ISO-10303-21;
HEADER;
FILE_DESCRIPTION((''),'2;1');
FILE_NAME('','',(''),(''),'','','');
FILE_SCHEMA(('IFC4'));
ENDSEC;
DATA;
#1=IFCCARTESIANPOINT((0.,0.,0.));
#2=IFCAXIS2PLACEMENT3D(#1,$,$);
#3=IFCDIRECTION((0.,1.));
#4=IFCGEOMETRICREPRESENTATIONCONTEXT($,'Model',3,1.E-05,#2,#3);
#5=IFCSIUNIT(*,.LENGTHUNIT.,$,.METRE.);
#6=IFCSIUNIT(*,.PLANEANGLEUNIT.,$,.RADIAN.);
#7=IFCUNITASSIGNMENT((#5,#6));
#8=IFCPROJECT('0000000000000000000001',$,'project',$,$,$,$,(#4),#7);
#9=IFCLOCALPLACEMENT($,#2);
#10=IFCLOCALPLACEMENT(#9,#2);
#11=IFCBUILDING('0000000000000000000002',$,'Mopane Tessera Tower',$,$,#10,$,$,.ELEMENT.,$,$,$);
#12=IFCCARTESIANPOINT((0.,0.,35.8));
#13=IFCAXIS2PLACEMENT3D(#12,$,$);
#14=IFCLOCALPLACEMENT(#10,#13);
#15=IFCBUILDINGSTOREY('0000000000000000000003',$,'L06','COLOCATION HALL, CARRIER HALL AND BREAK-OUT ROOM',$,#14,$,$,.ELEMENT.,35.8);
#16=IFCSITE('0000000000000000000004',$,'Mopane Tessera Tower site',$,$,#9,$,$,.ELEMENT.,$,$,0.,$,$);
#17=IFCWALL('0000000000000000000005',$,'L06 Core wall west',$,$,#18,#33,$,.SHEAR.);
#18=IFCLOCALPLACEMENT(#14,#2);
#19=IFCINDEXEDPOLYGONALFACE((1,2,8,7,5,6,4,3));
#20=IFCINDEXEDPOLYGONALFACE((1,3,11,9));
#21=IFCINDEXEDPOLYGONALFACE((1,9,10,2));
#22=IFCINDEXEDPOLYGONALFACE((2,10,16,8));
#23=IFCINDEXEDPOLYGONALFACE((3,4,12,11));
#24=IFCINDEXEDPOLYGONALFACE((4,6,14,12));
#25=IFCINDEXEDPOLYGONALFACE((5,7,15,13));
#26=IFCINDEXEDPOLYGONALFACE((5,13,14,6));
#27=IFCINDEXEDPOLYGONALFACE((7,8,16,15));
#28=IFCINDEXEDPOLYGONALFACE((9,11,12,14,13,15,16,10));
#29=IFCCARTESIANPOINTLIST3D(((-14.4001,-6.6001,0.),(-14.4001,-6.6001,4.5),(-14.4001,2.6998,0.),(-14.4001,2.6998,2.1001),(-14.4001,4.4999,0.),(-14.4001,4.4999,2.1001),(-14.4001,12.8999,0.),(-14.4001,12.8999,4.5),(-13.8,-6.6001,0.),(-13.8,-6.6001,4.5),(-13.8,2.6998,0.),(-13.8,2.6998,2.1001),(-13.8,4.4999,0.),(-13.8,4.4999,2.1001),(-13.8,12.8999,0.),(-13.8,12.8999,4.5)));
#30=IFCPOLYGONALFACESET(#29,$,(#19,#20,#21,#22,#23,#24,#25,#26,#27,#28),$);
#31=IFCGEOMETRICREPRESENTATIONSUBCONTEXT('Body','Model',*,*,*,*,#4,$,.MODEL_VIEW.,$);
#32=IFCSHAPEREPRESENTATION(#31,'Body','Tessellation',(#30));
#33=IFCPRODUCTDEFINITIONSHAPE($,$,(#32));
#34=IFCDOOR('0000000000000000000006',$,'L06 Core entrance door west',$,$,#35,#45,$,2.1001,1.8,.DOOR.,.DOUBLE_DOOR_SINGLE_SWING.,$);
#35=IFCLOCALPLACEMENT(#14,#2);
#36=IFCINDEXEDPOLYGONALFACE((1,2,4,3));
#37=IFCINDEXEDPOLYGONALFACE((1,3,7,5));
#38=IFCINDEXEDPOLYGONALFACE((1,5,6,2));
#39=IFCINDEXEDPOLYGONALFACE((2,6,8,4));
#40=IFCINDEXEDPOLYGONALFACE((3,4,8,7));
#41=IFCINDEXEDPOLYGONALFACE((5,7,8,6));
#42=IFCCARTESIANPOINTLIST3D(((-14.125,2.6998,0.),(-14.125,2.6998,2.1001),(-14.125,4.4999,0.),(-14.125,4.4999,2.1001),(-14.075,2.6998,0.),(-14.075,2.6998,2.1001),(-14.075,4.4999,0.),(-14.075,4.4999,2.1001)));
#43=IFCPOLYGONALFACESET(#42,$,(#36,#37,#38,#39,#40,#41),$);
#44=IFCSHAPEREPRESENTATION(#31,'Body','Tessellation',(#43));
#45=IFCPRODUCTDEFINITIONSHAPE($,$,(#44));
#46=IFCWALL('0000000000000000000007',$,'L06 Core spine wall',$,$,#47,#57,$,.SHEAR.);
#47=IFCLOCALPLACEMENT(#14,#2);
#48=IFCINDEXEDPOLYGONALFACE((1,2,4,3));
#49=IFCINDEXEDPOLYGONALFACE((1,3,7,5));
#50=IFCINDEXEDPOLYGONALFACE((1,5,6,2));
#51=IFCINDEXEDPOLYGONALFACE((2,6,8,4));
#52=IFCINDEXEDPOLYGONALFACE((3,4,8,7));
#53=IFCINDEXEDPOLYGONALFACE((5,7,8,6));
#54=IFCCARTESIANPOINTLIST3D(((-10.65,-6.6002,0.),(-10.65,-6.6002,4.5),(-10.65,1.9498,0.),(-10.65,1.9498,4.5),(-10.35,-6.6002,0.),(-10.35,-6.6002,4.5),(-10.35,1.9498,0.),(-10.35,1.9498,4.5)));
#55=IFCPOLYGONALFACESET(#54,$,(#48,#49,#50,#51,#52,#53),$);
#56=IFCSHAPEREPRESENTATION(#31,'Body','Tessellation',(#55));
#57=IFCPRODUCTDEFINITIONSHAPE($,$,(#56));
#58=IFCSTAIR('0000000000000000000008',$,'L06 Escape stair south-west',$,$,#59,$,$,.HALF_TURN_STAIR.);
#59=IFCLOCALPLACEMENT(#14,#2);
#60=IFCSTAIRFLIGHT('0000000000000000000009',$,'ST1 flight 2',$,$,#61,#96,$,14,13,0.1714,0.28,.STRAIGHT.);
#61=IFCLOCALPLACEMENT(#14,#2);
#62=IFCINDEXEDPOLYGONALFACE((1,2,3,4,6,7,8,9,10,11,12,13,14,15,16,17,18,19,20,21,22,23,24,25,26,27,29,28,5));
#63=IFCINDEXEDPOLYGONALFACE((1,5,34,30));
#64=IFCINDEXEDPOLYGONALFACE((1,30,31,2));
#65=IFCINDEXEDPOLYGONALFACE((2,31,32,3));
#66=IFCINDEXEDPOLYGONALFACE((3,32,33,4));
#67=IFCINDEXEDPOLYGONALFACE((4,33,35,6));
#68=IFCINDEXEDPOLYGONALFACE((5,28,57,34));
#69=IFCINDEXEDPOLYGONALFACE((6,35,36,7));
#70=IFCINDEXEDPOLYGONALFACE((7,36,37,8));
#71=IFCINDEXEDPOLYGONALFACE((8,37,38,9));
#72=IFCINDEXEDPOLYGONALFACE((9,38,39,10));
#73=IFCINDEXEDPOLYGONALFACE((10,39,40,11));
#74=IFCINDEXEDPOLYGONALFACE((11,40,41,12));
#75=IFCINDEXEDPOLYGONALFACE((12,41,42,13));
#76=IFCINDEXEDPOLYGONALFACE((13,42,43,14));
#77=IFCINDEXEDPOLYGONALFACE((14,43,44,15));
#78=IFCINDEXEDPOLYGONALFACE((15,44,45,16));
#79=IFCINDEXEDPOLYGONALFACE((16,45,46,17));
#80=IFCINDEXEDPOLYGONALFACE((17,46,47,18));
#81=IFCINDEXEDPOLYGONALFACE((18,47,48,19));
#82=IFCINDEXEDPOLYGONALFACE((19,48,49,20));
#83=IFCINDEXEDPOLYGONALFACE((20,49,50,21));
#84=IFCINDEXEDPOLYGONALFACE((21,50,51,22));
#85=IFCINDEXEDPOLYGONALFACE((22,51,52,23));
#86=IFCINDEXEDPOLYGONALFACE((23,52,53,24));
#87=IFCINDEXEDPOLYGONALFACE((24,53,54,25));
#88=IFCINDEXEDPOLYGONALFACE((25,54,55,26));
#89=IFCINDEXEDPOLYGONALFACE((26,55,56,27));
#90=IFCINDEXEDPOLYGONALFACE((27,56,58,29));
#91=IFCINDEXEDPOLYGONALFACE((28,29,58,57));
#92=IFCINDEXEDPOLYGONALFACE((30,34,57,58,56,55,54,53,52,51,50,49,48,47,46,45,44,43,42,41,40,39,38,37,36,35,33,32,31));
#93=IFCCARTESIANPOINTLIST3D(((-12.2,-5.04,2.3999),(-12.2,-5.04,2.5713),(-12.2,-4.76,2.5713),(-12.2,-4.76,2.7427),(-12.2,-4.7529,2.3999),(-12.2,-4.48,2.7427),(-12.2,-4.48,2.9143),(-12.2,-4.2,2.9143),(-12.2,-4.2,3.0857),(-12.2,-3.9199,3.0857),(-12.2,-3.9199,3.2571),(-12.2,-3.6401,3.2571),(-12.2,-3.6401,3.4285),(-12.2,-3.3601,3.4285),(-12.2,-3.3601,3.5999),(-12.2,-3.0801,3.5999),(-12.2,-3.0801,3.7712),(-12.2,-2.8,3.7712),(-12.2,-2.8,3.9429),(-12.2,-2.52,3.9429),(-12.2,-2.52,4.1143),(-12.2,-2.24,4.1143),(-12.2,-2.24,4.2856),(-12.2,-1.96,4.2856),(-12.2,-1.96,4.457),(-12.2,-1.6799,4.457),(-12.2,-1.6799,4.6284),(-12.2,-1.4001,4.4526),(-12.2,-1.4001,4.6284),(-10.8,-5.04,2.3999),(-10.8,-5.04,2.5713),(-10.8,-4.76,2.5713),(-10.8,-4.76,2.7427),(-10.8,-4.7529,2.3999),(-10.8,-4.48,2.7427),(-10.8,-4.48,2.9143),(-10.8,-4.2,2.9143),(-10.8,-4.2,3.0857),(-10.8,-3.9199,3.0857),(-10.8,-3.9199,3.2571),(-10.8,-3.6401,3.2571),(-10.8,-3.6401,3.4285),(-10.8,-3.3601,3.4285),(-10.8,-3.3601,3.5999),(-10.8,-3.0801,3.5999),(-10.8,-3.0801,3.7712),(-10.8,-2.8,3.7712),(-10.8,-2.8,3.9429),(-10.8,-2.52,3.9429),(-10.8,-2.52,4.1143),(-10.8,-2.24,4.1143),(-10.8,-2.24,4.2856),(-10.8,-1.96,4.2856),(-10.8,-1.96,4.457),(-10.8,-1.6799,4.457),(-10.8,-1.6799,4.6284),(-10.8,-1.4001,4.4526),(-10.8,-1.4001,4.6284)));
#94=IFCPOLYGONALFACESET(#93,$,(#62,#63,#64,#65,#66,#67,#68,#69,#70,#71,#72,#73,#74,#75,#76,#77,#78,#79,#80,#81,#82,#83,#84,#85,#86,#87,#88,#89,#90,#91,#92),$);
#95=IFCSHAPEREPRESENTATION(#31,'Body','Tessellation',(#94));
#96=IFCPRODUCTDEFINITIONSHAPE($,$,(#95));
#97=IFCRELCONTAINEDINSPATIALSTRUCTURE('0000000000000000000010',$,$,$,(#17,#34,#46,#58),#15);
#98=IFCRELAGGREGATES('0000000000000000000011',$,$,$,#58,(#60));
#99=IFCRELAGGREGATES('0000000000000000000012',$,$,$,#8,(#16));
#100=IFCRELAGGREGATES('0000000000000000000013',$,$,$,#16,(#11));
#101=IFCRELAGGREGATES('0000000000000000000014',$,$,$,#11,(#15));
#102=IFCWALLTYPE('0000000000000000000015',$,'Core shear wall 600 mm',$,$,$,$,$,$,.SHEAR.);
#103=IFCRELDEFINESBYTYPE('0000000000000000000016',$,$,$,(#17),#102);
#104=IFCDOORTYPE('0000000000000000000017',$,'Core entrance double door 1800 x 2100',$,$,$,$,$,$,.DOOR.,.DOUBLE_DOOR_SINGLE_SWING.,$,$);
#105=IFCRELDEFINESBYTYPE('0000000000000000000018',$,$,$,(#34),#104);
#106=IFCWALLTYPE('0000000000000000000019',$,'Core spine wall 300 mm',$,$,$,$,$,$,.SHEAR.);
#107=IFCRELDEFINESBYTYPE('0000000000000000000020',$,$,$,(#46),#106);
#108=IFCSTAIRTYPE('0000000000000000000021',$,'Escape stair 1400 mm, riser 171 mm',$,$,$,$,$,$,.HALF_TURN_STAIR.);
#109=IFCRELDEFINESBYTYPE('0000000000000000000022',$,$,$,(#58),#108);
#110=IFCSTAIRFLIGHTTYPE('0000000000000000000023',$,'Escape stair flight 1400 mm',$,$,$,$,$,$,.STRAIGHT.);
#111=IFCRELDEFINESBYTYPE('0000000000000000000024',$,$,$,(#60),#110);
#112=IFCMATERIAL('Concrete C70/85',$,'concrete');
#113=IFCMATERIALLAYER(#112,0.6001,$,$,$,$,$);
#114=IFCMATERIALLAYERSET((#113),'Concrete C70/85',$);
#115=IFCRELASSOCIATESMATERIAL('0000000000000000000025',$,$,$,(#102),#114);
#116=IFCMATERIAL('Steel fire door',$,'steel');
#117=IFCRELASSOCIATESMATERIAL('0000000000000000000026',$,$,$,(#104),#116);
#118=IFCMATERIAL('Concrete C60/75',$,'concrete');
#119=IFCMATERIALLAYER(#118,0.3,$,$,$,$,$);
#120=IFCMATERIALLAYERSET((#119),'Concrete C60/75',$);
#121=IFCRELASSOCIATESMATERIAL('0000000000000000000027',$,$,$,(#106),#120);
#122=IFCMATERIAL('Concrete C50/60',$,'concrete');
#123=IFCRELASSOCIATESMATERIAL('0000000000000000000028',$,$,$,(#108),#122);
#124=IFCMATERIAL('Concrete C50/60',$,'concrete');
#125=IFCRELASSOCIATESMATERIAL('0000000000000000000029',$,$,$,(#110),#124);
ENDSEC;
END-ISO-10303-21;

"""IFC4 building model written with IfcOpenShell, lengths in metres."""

from ifc_helpers import new_model, si_unit, direction, frame, frame_2d, origin, place, context, subcontext, project, spatial, polyline, rectangle, outline, extrude, material, layer, layer_set, type_object, element, fill, aggregate, save


model = new_model("IFC4")

# Units and contexts
model_context = context("Model", 3, precision=1e-05, world=origin(), true_north=direction((0.0, 1.0)))
body_context = subcontext(model_context, "Body", "Model", "MODEL_VIEW")
ifc_project = project(units=[si_unit("LENGTHUNIT", "METRE"), si_unit("PLANEANGLEUNIT", "RADIAN")], contexts=[model_context])

# Site, building, storey
site_placement = place(None, origin())
site = spatial("IfcSite", under=ifc_project, at=site_placement, Name="Mopane Tessera Tower site", CompositionType="ELEMENT", RefElevation=0.0)
building_placement = place(site_placement, origin())
building = spatial("IfcBuilding", under=site, at=building_placement, Name="Mopane Tessera Tower", CompositionType="ELEMENT")
storey_placement = place(building_placement, frame((0.0, 0.0, 35.8)))
storey = spatial("IfcBuildingStorey", under=building, at=storey_placement, Name="L06", Description="COLOCATION HALL, CARRIER HALL AND BREAK-OUT ROOM", CompositionType="ELEMENT", Elevation=35.8)

# Wall, opening, door
ifc_material_1 = material(Name="Concrete C70/85", Category="concrete")
ifc_layer_1 = layer(ifc_material_1, 0.6001)
ifc_layer_set_1 = layer_set([ifc_layer_1], Name="Concrete C70/85")
wall_type_1 = type_object("IfcWallType", Name="Core shear wall 600 mm", PredefinedType="SHEAR", material=ifc_layer_set_1)
wall_1_placement = place(storey_placement, frame((-14.1001, -6.6001, 0.0), z_axis=(0.0, 0.0, 1.0), x_axis=(0.0, 1.0, 0.0)))
wall_1 = element("IfcWall", 1, at=wall_1_placement, inside=storey, type_object=wall_type_1, Name="L06 Core wall west", PredefinedType="SHEAR", context=body_context, shape_type="SweptSolid", body=[
    extrude(rectangle(XDim=19.5, YDim=0.6001, at=frame_2d((9.75, 0.0))), origin(), (0.0, 0.0, 1.0), 4.5),
])
opening_placement = place(wall_1_placement, frame((9.3, 0.0, 0.0)))
opening = element("IfcOpeningElement", 2, at=opening_placement, cuts=wall_1, PredefinedType="OPENING", context=body_context, shape_type="SweptSolid", body=[
    extrude(rectangle(XDim=1.8, YDim=2.1001, at=frame_2d((0.8999, 1.05))), frame((0.0, 0.312, 0.0), z_axis=(0.0, -1.0, 0.0), x_axis=(1.0, 0.0, 0.0)), (0.0, 0.0, 1.0), 0.624),
])
ifc_material_2 = material(Name="Steel fire door", Category="steel")
door_type = type_object("IfcDoorType", Name="Core entrance double door 1800 x 2100", OperationType="DOUBLE_DOOR_SINGLE_SWING", PredefinedType="DOOR", material=ifc_material_2)
door_placement = place(opening_placement, origin())
door = element("IfcDoor", 3, at=door_placement, inside=storey, type_object=door_type, Name="L06 Core entrance door west", OperationType="DOUBLE_DOOR_SINGLE_SWING", OverallHeight=2.1001, OverallWidth=1.8, PredefinedType="DOOR", context=body_context, shape_type="SweptSolid", body=[
    extrude(rectangle(XDim=1.8, YDim=2.1001, at=frame_2d((0.8999, 1.05))), frame((0.0, 0.0249, 0.0), z_axis=(0.0, -1.0, 0.0), x_axis=(1.0, 0.0, 0.0)), (0.0, 0.0, 1.0), 0.05),
])
fill(opening, door)

# Wall
ifc_material_3 = material(Name="Concrete C60/75", Category="concrete")
ifc_layer_2 = layer(ifc_material_3, 0.3)
ifc_layer_set_2 = layer_set([ifc_layer_2], Name="Concrete C60/75")
wall_type_2 = type_object("IfcWallType", Name="Core spine wall 300 mm", PredefinedType="SHEAR", material=ifc_layer_set_2)
wall_2_placement = place(storey_placement, frame((-10.5, -6.6001, 0.0), z_axis=(0.0, 0.0, 1.0), x_axis=(0.0, 1.0, 0.0)))
element("IfcWall", 4, at=wall_2_placement, inside=storey, type_object=wall_type_2, Name="L06 Core spine wall", PredefinedType="SHEAR", context=body_context, shape_type="SweptSolid", body=[
    extrude(rectangle(XDim=8.55, YDim=0.3, at=frame_2d((4.2749, 0.0))), origin(), (0.0, 0.0, 1.0), 4.5),
])

# Stair, stair flight
ifc_material_4 = material(Name="Concrete C50/60", Category="concrete")
stair_type = type_object("IfcStairType", Name="Escape stair 1400 mm, riser 171 mm", PredefinedType="HALF_TURN_STAIR", material=ifc_material_4)
stair_placement = place(storey_placement, origin())
stair = element("IfcStair", 5, at=stair_placement, inside=storey, type_object=stair_type, Name="L06 Escape stair south-west", PredefinedType="HALF_TURN_STAIR")
ifc_material_5 = material(Name="Concrete C50/60", Category="concrete")
stair_flight_type = type_object("IfcStairFlightType", Name="Escape stair flight 1400 mm", PredefinedType="STRAIGHT", material=ifc_material_5)
stair_flight_placement = place(storey_placement, frame((-11.5, -5.04, 2.3999), z_axis=(0.0, 0.0, 1.0), x_axis=(0.0, 1.0, 0.0)))
stair_flight = element("IfcStairFlight", 6, at=stair_flight_placement, type_object=stair_flight_type, Name="ST1 flight 2", NumberOfRisers=14, NumberOfTreads=13, PredefinedType="STRAIGHT", RiserHeight=0.1714, TreadLength=0.28, context=body_context, shape_type="SweptSolid", body=[
    extrude(outline(polyline([(0.0, 0.0), (0.0, 0.1714), (0.28, 0.1714), (0.28, 0.3428), (0.5601, 0.3428), (0.5601, 0.5144), (0.8401, 0.5144), (0.8401, 0.6858), (1.1201, 0.6858), (1.1201, 0.8572), (1.3999, 0.8572), (1.3999, 1.0286), (1.6799, 1.0286), (1.6799, 1.2), (1.96, 1.2), (1.96, 1.3713), (2.24, 1.3713), (2.24, 1.543), (2.52, 1.543), (2.52, 1.7144), (2.8, 1.7144), (2.8, 1.8857), (3.0801, 1.8857), (3.0801, 2.0571), (3.3601, 2.0571), (3.3601, 2.2285), (3.6399, 2.2285), (3.6399, 2.3999), (3.6399, 2.0527), (0.2871, 0.0), (0.0, 0.0)])), frame((0.0, 0.7, 0.0), z_axis=(0.0, -1.0, 0.0), x_axis=(1.0, 0.0, 0.0)), (0.0, 0.0, 1.0), 1.3999),
])
aggregate(stair, [stair_flight])

save(model, "model.ifc")
